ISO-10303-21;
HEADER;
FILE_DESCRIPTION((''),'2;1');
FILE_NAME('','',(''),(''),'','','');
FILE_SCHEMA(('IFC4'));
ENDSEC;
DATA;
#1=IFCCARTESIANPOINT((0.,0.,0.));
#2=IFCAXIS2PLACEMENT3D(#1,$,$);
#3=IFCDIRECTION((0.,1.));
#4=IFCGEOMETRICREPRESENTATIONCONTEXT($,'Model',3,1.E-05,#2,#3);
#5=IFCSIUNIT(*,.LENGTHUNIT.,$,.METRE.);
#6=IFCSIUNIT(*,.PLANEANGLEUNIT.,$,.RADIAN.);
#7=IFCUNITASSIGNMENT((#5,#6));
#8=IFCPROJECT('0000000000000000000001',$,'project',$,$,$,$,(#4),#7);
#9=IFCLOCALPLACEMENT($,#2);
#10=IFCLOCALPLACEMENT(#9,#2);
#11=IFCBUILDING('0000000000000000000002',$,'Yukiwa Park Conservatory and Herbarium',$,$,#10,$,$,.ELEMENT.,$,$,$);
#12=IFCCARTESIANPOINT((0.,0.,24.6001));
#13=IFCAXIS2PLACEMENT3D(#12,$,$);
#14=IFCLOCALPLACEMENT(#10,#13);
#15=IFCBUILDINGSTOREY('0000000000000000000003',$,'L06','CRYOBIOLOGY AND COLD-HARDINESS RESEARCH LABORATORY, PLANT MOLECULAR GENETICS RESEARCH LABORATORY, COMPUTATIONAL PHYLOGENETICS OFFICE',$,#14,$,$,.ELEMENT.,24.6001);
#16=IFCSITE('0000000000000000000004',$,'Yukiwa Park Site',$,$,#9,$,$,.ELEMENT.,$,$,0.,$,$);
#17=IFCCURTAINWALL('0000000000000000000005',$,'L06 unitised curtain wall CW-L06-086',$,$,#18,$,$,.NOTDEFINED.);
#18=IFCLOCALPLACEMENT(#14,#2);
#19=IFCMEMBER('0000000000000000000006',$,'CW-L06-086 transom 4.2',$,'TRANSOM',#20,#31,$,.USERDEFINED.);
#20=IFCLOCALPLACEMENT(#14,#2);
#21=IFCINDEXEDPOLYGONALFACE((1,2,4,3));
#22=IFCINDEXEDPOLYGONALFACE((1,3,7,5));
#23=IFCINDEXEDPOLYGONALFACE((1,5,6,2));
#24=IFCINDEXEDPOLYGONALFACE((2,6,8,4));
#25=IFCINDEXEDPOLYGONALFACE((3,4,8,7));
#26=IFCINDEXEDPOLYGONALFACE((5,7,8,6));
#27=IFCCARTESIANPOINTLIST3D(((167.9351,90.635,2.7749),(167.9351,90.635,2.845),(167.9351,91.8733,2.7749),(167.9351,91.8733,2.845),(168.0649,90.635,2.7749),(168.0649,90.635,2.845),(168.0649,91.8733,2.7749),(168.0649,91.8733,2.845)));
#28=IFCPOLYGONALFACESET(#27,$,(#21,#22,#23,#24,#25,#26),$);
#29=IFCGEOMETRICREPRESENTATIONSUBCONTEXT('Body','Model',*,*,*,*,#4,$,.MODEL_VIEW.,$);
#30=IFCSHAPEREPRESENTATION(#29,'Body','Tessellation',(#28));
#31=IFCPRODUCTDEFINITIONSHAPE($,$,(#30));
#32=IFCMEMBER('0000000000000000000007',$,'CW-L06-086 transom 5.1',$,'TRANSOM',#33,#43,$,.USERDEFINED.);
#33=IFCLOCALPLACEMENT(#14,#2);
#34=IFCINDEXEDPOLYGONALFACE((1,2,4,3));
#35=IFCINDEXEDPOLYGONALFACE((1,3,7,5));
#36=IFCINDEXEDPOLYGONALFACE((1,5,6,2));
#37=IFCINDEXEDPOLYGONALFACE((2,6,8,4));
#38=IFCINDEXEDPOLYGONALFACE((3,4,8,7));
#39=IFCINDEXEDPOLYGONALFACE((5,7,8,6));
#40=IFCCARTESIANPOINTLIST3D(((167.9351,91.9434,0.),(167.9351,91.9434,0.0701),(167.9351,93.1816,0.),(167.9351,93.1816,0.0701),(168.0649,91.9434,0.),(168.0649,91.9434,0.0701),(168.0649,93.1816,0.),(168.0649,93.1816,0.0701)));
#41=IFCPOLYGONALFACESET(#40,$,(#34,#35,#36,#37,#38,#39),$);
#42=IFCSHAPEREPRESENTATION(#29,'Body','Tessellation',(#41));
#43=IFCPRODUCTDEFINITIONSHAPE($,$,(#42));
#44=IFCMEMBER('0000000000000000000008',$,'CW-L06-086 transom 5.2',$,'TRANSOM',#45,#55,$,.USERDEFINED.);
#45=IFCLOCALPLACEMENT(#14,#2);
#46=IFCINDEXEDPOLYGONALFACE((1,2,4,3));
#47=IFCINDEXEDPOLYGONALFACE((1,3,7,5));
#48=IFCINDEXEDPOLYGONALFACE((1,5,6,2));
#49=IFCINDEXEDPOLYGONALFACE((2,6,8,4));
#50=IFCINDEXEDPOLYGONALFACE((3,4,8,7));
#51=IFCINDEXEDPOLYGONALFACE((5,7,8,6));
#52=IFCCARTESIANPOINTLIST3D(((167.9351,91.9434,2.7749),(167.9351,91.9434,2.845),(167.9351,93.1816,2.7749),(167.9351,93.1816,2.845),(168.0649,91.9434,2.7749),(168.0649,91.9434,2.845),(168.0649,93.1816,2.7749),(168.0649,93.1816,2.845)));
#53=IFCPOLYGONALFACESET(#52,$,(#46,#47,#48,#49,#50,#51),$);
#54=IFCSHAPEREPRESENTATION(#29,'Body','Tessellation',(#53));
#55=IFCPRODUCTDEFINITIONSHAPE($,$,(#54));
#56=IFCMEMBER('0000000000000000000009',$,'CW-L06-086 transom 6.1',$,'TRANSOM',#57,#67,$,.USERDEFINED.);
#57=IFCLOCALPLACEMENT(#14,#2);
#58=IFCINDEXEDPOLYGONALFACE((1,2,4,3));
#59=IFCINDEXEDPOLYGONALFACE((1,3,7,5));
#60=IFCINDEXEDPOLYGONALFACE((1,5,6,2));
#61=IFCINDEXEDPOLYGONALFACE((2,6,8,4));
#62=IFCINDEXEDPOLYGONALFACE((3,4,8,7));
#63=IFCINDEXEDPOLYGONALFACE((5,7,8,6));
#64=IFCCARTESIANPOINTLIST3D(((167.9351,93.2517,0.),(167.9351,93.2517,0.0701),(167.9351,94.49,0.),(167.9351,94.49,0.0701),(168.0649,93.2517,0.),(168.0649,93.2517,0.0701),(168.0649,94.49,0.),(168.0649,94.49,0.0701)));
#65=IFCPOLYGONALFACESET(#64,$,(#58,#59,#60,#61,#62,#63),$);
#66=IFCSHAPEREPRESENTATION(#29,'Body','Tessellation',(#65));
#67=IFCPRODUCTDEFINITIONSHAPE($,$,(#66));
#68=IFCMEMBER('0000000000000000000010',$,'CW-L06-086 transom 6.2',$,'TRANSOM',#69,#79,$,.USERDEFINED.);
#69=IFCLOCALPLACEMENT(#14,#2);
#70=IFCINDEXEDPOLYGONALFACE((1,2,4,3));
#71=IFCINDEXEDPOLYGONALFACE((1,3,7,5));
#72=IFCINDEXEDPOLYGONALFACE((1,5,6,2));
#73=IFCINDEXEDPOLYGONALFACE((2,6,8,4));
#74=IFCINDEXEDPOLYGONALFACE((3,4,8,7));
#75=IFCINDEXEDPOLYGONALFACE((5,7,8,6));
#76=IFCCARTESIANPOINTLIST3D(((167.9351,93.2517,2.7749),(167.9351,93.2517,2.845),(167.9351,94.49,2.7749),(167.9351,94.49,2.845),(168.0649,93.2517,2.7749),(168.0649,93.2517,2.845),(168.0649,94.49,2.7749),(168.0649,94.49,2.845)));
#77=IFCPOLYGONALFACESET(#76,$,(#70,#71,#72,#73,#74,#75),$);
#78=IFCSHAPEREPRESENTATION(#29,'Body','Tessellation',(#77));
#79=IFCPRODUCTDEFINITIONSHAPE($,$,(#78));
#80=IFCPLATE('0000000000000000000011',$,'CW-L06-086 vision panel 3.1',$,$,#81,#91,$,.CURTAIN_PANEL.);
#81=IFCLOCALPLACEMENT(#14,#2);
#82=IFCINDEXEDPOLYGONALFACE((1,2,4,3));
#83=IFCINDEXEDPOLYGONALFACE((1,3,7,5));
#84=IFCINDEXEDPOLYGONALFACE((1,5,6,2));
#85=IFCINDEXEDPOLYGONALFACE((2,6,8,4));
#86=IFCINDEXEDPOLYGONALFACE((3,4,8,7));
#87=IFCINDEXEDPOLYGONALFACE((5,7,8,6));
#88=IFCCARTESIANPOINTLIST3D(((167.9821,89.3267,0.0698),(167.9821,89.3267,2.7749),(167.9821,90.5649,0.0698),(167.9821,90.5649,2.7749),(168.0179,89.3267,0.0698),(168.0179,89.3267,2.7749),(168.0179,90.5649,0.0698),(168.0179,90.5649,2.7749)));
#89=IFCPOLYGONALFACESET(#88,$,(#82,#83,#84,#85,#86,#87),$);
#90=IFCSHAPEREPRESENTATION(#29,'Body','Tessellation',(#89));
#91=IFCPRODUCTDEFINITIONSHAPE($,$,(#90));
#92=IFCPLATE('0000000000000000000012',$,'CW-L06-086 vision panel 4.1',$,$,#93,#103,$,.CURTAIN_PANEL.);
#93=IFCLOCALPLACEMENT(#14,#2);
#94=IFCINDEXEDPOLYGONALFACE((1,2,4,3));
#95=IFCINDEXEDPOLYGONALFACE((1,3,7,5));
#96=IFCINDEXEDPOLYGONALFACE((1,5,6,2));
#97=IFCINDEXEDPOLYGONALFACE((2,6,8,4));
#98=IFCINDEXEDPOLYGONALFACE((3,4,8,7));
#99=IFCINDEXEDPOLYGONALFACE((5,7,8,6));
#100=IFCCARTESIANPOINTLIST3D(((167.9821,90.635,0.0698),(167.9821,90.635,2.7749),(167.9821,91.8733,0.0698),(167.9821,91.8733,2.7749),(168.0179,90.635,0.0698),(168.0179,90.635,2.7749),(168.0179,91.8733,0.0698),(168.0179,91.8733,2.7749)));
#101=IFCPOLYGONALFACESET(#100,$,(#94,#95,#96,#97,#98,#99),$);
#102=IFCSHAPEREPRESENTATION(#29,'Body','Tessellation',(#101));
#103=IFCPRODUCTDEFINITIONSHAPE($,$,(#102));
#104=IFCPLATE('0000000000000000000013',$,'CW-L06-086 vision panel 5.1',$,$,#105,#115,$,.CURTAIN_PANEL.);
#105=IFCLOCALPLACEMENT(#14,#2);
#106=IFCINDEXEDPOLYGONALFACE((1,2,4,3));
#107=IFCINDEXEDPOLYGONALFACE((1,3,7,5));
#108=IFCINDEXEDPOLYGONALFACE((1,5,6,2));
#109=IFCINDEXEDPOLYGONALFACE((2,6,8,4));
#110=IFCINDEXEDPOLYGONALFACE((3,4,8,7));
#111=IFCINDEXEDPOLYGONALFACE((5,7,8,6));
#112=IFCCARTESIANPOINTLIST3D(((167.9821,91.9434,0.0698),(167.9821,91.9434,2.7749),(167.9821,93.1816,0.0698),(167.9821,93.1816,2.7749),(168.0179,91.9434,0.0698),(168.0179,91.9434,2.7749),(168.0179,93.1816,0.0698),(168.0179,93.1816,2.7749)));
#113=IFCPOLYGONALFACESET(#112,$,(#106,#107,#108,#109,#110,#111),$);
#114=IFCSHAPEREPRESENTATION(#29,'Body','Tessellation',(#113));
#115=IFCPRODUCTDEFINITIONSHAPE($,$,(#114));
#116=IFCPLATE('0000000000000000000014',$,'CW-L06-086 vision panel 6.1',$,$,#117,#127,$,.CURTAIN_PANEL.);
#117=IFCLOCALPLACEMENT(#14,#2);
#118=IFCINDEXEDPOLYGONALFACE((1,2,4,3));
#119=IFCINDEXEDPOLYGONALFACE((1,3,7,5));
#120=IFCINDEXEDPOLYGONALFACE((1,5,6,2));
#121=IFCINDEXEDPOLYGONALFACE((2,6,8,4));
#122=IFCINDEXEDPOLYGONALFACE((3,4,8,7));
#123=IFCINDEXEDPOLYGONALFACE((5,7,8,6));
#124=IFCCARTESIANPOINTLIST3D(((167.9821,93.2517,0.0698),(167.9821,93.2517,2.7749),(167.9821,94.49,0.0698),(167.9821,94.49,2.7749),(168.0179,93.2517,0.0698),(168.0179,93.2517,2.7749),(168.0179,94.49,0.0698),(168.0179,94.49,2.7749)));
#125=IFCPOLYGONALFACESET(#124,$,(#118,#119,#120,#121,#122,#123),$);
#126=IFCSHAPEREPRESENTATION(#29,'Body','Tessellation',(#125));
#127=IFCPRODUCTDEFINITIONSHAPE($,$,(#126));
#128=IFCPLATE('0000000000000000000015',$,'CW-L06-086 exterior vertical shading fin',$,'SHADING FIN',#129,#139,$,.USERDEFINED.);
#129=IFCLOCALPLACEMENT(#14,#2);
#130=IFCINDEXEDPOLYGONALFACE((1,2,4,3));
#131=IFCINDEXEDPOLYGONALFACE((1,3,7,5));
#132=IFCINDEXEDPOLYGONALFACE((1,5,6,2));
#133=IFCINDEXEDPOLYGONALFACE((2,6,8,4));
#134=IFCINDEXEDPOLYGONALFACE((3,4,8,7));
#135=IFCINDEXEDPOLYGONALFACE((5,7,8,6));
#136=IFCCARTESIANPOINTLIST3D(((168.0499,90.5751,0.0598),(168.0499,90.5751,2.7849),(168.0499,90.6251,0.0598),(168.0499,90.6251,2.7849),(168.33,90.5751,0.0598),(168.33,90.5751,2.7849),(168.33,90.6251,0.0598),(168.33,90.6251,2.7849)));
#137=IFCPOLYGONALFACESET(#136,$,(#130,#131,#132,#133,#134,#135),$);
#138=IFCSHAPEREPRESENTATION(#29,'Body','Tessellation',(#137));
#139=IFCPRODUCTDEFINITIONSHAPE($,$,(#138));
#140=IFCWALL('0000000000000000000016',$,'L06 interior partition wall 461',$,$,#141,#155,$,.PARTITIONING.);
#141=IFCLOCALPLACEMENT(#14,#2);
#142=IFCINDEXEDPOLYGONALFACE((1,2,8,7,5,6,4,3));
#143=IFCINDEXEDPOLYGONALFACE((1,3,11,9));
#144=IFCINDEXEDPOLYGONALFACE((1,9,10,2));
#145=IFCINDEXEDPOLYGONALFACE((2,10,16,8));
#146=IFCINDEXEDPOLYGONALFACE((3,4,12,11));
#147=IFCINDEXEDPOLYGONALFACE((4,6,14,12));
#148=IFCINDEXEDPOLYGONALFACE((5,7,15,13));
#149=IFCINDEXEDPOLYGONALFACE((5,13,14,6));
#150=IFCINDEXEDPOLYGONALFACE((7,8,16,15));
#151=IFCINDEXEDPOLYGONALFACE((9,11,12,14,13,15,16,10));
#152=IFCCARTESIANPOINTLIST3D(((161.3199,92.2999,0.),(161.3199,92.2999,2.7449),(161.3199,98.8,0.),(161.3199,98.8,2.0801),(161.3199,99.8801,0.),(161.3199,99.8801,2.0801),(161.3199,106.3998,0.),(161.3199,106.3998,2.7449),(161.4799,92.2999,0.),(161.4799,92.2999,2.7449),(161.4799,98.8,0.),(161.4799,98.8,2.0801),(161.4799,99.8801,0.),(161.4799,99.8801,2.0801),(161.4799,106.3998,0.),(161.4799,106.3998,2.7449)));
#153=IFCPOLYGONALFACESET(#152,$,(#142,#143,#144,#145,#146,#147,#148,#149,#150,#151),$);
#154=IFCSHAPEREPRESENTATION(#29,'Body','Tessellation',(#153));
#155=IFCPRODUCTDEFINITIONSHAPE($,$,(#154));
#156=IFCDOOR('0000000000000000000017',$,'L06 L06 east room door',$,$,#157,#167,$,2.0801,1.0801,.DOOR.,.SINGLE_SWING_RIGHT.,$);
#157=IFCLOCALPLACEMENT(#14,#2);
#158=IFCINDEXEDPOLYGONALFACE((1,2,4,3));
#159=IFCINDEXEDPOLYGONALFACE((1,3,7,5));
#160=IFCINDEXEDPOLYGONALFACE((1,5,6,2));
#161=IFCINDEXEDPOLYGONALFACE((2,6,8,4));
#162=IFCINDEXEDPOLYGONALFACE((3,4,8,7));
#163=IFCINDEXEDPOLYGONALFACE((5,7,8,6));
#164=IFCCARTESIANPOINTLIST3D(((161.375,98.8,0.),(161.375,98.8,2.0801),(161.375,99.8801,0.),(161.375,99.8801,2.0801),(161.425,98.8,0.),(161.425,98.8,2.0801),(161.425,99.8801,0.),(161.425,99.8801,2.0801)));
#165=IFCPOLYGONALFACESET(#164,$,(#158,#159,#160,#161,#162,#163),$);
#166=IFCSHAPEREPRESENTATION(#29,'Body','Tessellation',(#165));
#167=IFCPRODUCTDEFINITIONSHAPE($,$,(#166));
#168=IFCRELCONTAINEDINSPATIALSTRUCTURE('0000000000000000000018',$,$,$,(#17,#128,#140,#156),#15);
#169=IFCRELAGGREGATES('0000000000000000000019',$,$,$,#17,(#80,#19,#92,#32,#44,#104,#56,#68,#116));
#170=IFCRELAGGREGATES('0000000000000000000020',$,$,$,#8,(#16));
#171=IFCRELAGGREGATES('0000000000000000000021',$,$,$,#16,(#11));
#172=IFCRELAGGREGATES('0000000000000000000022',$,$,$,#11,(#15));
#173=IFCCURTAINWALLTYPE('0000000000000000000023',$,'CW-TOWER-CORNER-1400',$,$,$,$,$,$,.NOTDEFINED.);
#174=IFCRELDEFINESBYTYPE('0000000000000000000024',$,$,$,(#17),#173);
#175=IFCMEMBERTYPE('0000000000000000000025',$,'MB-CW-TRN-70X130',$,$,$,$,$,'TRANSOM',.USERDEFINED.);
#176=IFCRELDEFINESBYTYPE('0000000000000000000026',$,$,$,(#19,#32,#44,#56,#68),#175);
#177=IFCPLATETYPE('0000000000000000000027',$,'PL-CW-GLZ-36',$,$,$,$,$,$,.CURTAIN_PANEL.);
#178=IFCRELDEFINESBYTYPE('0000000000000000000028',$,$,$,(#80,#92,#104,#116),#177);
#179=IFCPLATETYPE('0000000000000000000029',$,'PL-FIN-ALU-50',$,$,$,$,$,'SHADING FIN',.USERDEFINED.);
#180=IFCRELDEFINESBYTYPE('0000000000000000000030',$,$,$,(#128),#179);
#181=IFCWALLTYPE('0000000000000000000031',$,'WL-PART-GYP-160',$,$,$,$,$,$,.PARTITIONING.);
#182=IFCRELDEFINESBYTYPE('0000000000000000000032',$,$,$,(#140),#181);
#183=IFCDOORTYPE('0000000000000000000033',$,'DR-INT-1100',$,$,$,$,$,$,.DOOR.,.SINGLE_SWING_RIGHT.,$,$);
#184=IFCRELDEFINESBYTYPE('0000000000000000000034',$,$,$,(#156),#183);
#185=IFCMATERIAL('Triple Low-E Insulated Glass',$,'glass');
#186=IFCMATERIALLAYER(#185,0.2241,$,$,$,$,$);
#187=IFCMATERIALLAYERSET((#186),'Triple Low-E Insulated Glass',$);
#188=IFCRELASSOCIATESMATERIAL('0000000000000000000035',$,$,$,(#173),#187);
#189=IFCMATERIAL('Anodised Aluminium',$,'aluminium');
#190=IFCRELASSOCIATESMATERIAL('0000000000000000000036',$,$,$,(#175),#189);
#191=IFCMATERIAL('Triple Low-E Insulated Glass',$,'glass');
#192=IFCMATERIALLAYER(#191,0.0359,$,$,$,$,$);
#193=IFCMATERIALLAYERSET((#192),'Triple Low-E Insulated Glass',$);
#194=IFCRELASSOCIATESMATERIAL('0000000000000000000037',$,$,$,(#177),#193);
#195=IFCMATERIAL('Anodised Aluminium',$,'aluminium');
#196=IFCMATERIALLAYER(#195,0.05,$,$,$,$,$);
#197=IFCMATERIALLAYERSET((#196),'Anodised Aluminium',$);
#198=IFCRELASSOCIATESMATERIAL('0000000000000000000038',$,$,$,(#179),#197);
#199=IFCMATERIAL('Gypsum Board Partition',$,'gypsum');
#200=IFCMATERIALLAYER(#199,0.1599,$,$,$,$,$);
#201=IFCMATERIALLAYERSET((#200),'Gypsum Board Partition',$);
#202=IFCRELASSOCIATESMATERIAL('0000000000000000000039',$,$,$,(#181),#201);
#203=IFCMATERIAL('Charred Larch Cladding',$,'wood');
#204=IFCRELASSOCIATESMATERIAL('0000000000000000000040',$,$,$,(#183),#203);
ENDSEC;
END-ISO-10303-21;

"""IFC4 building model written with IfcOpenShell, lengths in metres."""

from ifc_helpers import new_model, si_unit, direction, frame, frame_2d, origin, origin_2d, place, context, subcontext, project, spatial, rectangle, extrude, material, layer, layer_set, type_object, element, fill, aggregate, save


model = new_model("IFC4")

# Units and contexts
model_context = context("Model", 3, precision=1e-05, world=origin(), true_north=direction((0.0, 1.0)))
body_context = subcontext(model_context, "Body", "Model", "MODEL_VIEW")
ifc_project = project(units=[si_unit("LENGTHUNIT", "METRE"), si_unit("PLANEANGLEUNIT", "RADIAN")], contexts=[model_context])

# Site, building, storey
site_placement = place(None, origin())
site = spatial("IfcSite", under=ifc_project, at=site_placement, Name="Yukiwa Park Site", CompositionType="ELEMENT", RefElevation=0.0)
building_placement = place(site_placement, origin())
building = spatial("IfcBuilding", under=site, at=building_placement, Name="Yukiwa Park Conservatory and Herbarium", CompositionType="ELEMENT")
storey_placement = place(building_placement, frame((0.0, 0.0, 24.6001)))
storey = spatial("IfcBuildingStorey", under=building, at=storey_placement, Name="L06", Description="CRYOBIOLOGY AND COLD-HARDINESS RESEARCH LABORATORY, PLANT MOLECULAR GENETICS RESEARCH LABORATORY, COMPUTATIONAL PHYLOGENETICS OFFICE", CompositionType="ELEMENT", Elevation=24.6001)

# Curtain wall, members, plates
ifc_material_1 = material(Name="Triple Low-E Insulated Glass", Category="glass")
ifc_layer_1 = layer(ifc_material_1, 0.2241)
ifc_layer_set_1 = layer_set([ifc_layer_1], Name="Triple Low-E Insulated Glass")
curtain_wall_type = type_object("IfcCurtainWallType", Name="CW-TOWER-CORNER-1400", PredefinedType="NOTDEFINED", material=ifc_layer_set_1)
curtain_wall_placement = place(storey_placement, origin())
curtain_wall = element("IfcCurtainWall", 1, at=curtain_wall_placement, inside=storey, type_object=curtain_wall_type, Name="L06 unitised curtain wall CW-L06-086", PredefinedType="NOTDEFINED")
ifc_material_2 = material(Name="Anodised Aluminium", Category="aluminium")
member_type_1 = type_object("IfcMemberType", Name="MB-CW-TRN-70X130", ElementType="TRANSOM", PredefinedType="USERDEFINED", material=ifc_material_2)
member_1_placement = place(storey_placement, frame((168.0, 91.2542, 2.7749), z_axis=(0.0, 0.0, 1.0), x_axis=(0.0, 1.0, 0.0)))
member_1 = element("IfcMember", 2, at=member_1_placement, type_object=member_type_1, Name="CW-L06-086 transom 4.2", ObjectType="TRANSOM", PredefinedType="USERDEFINED", context=body_context, shape_type="SweptSolid", body=[
    extrude(rectangle(XDim=1.2383, YDim=0.1299, at=origin_2d()), origin(), (0.0, 0.0, 1.0), 0.0701),
])
member_2_placement = place(storey_placement, frame((168.0, 92.5625, 0.0), z_axis=(0.0, 0.0, 1.0), x_axis=(0.0, 1.0, 0.0)))
member_2 = element("IfcMember", 3, at=member_2_placement, type_object=member_type_1, Name="CW-L06-086 transom 5.1", ObjectType="TRANSOM", PredefinedType="USERDEFINED", context=body_context, shape_type="SweptSolid", body=[
    extrude(rectangle(XDim=1.2383, YDim=0.1299, at=origin_2d()), origin(), (0.0, 0.0, 1.0), 0.0701),
])
member_3_placement = place(storey_placement, frame((168.0, 92.5625, 2.7749), z_axis=(0.0, 0.0, 1.0), x_axis=(0.0, 1.0, 0.0)))
member_3 = element("IfcMember", 4, at=member_3_placement, type_object=member_type_1, Name="CW-L06-086 transom 5.2", ObjectType="TRANSOM", PredefinedType="USERDEFINED", context=body_context, shape_type="SweptSolid", body=[
    extrude(rectangle(XDim=1.2383, YDim=0.1299, at=origin_2d()), origin(), (0.0, 0.0, 1.0), 0.0701),
])
member_4_placement = place(storey_placement, frame((168.0, 93.8708, 0.0), z_axis=(0.0, 0.0, 1.0), x_axis=(0.0, 1.0, 0.0)))
member_4 = element("IfcMember", 5, at=member_4_placement, type_object=member_type_1, Name="CW-L06-086 transom 6.1", ObjectType="TRANSOM", PredefinedType="USERDEFINED", context=body_context, shape_type="SweptSolid", body=[
    extrude(rectangle(XDim=1.2383, YDim=0.1299, at=origin_2d()), origin(), (0.0, 0.0, 1.0), 0.0701),
])
member_5_placement = place(storey_placement, frame((168.0, 93.8708, 2.7749), z_axis=(0.0, 0.0, 1.0), x_axis=(0.0, 1.0, 0.0)))
member_5 = element("IfcMember", 6, at=member_5_placement, type_object=member_type_1, Name="CW-L06-086 transom 6.2", ObjectType="TRANSOM", PredefinedType="USERDEFINED", context=body_context, shape_type="SweptSolid", body=[
    extrude(rectangle(XDim=1.2383, YDim=0.1299, at=origin_2d()), origin(), (0.0, 0.0, 1.0), 0.0701),
])
ifc_material_3 = material(Name="Triple Low-E Insulated Glass", Category="glass")
ifc_layer_2 = layer(ifc_material_3, 0.0359)
ifc_layer_set_2 = layer_set([ifc_layer_2], Name="Triple Low-E Insulated Glass")
plate_type_1 = type_object("IfcPlateType", Name="PL-CW-GLZ-36", PredefinedType="CURTAIN_PANEL", material=ifc_layer_set_2)
plate_1_placement = place(storey_placement, frame((168.0, 89.9458, 0.0698), z_axis=(0.0, 0.0, 1.0), x_axis=(0.0, 1.0, 0.0)))
plate_1 = element("IfcPlate", 7, at=plate_1_placement, type_object=plate_type_1, Name="CW-L06-086 vision panel 3.1", PredefinedType="CURTAIN_PANEL", context=body_context, shape_type="SweptSolid", body=[
    extrude(rectangle(XDim=1.2383, YDim=0.0359, at=origin_2d()), origin(), (0.0, 0.0, 1.0), 2.7051),
])
plate_2_placement = place(storey_placement, frame((168.0, 91.2542, 0.0698), z_axis=(0.0, 0.0, 1.0), x_axis=(0.0, 1.0, 0.0)))
plate_2 = element("IfcPlate", 8, at=plate_2_placement, type_object=plate_type_1, Name="CW-L06-086 vision panel 4.1", PredefinedType="CURTAIN_PANEL", context=body_context, shape_type="SweptSolid", body=[
    extrude(rectangle(XDim=1.2383, YDim=0.0359, at=origin_2d()), origin(), (0.0, 0.0, 1.0), 2.7051),
])
plate_3_placement = place(storey_placement, frame((168.0, 92.5625, 0.0698), z_axis=(0.0, 0.0, 1.0), x_axis=(0.0, 1.0, 0.0)))
plate_3 = element("IfcPlate", 9, at=plate_3_placement, type_object=plate_type_1, Name="CW-L06-086 vision panel 5.1", PredefinedType="CURTAIN_PANEL", context=body_context, shape_type="SweptSolid", body=[
    extrude(rectangle(XDim=1.2383, YDim=0.0359, at=origin_2d()), origin(), (0.0, 0.0, 1.0), 2.7051),
])
plate_4_placement = place(storey_placement, frame((168.0, 93.8708, 0.0698), z_axis=(0.0, 0.0, 1.0), x_axis=(0.0, 1.0, 0.0)))
plate_4 = element("IfcPlate", 10, at=plate_4_placement, type_object=plate_type_1, Name="CW-L06-086 vision panel 6.1", PredefinedType="CURTAIN_PANEL", context=body_context, shape_type="SweptSolid", body=[
    extrude(rectangle(XDim=1.2383, YDim=0.0359, at=origin_2d()), origin(), (0.0, 0.0, 1.0), 2.7051),
])
aggregate(curtain_wall, [plate_1, member_1, plate_2, member_2, member_3, plate_3, member_4, member_5, plate_4])

# Plate
ifc_material_4 = material(Name="Anodised Aluminium", Category="aluminium")
ifc_layer_3 = layer(ifc_material_4, 0.05)
ifc_layer_set_3 = layer_set([ifc_layer_3], Name="Anodised Aluminium")
plate_type_2 = type_object("IfcPlateType", Name="PL-FIN-ALU-50", ElementType="SHADING FIN", PredefinedType="USERDEFINED", material=ifc_layer_set_3)
plate_5_placement = place(storey_placement, frame((168.1899, 90.6001, 0.0598), z_axis=(0.0, 0.0, 1.0), x_axis=(0.0, 1.0, 0.0)))
element("IfcPlate", 11, at=plate_5_placement, inside=storey, type_object=plate_type_2, Name="CW-L06-086 exterior vertical shading fin", ObjectType="SHADING FIN", PredefinedType="USERDEFINED", context=body_context, shape_type="SweptSolid", body=[
    extrude(rectangle(XDim=0.05, YDim=0.28, at=origin_2d()), origin(), (0.0, 0.0, 1.0), 2.7251),
])

# Wall, opening, door
ifc_material_5 = material(Name="Gypsum Board Partition", Category="gypsum")
ifc_layer_4 = layer(ifc_material_5, 0.1599)
ifc_layer_set_4 = layer_set([ifc_layer_4], Name="Gypsum Board Partition")
wall_type = type_object("IfcWallType", Name="WL-PART-GYP-160", PredefinedType="PARTITIONING", material=ifc_layer_set_4)
wall_placement = place(storey_placement, frame((161.3999, 92.3, 0.0), z_axis=(0.0, 0.0, 1.0), x_axis=(0.0, 1.0, 0.0)))
wall = element("IfcWall", 12, at=wall_placement, inside=storey, type_object=wall_type, Name="L06 interior partition wall 461", PredefinedType="PARTITIONING", context=body_context, shape_type="SweptSolid", body=[
    extrude(rectangle(XDim=14.0999, YDim=0.1599, at=frame_2d((7.0498, 0.0))), origin(), (0.0, 0.0, 1.0), 2.7449),
])
opening_placement = place(wall_placement, frame((6.5, 0.0, 0.0)))
opening = element("IfcOpeningElement", 13, at=opening_placement, cuts=wall, PredefinedType="OPENING", context=body_context, shape_type="SweptSolid", body=[
    extrude(rectangle(XDim=1.0801, YDim=2.0801, at=frame_2d((0.54, 1.04))), frame((0.0, 0.0898, 0.0), z_axis=(0.0, -1.0, 0.0), x_axis=(1.0, 0.0, 0.0)), (0.0, 0.0, 1.0), 0.1799),
])
ifc_material_6 = material(Name="Charred Larch Cladding", Category="wood")
door_type = type_object("IfcDoorType", Name="DR-INT-1100", OperationType="SINGLE_SWING_RIGHT", PredefinedType="DOOR", material=ifc_material_6)
door_placement = place(opening_placement, origin())
door = element("IfcDoor", 14, at=door_placement, inside=storey, type_object=door_type, Name="L06 L06 east room door", OperationType="SINGLE_SWING_RIGHT", OverallHeight=2.0801, OverallWidth=1.0801, PredefinedType="DOOR", context=body_context, shape_type="SweptSolid", body=[
    extrude(rectangle(XDim=1.0801, YDim=2.0801, at=frame_2d((0.54, 1.04))), frame((0.0, 0.0249, 0.0), z_axis=(0.0, -1.0, 0.0), x_axis=(1.0, 0.0, 0.0)), (0.0, 0.0, 1.0), 0.05),
])
fill(opening, door)

save(model, "model.ifc")
